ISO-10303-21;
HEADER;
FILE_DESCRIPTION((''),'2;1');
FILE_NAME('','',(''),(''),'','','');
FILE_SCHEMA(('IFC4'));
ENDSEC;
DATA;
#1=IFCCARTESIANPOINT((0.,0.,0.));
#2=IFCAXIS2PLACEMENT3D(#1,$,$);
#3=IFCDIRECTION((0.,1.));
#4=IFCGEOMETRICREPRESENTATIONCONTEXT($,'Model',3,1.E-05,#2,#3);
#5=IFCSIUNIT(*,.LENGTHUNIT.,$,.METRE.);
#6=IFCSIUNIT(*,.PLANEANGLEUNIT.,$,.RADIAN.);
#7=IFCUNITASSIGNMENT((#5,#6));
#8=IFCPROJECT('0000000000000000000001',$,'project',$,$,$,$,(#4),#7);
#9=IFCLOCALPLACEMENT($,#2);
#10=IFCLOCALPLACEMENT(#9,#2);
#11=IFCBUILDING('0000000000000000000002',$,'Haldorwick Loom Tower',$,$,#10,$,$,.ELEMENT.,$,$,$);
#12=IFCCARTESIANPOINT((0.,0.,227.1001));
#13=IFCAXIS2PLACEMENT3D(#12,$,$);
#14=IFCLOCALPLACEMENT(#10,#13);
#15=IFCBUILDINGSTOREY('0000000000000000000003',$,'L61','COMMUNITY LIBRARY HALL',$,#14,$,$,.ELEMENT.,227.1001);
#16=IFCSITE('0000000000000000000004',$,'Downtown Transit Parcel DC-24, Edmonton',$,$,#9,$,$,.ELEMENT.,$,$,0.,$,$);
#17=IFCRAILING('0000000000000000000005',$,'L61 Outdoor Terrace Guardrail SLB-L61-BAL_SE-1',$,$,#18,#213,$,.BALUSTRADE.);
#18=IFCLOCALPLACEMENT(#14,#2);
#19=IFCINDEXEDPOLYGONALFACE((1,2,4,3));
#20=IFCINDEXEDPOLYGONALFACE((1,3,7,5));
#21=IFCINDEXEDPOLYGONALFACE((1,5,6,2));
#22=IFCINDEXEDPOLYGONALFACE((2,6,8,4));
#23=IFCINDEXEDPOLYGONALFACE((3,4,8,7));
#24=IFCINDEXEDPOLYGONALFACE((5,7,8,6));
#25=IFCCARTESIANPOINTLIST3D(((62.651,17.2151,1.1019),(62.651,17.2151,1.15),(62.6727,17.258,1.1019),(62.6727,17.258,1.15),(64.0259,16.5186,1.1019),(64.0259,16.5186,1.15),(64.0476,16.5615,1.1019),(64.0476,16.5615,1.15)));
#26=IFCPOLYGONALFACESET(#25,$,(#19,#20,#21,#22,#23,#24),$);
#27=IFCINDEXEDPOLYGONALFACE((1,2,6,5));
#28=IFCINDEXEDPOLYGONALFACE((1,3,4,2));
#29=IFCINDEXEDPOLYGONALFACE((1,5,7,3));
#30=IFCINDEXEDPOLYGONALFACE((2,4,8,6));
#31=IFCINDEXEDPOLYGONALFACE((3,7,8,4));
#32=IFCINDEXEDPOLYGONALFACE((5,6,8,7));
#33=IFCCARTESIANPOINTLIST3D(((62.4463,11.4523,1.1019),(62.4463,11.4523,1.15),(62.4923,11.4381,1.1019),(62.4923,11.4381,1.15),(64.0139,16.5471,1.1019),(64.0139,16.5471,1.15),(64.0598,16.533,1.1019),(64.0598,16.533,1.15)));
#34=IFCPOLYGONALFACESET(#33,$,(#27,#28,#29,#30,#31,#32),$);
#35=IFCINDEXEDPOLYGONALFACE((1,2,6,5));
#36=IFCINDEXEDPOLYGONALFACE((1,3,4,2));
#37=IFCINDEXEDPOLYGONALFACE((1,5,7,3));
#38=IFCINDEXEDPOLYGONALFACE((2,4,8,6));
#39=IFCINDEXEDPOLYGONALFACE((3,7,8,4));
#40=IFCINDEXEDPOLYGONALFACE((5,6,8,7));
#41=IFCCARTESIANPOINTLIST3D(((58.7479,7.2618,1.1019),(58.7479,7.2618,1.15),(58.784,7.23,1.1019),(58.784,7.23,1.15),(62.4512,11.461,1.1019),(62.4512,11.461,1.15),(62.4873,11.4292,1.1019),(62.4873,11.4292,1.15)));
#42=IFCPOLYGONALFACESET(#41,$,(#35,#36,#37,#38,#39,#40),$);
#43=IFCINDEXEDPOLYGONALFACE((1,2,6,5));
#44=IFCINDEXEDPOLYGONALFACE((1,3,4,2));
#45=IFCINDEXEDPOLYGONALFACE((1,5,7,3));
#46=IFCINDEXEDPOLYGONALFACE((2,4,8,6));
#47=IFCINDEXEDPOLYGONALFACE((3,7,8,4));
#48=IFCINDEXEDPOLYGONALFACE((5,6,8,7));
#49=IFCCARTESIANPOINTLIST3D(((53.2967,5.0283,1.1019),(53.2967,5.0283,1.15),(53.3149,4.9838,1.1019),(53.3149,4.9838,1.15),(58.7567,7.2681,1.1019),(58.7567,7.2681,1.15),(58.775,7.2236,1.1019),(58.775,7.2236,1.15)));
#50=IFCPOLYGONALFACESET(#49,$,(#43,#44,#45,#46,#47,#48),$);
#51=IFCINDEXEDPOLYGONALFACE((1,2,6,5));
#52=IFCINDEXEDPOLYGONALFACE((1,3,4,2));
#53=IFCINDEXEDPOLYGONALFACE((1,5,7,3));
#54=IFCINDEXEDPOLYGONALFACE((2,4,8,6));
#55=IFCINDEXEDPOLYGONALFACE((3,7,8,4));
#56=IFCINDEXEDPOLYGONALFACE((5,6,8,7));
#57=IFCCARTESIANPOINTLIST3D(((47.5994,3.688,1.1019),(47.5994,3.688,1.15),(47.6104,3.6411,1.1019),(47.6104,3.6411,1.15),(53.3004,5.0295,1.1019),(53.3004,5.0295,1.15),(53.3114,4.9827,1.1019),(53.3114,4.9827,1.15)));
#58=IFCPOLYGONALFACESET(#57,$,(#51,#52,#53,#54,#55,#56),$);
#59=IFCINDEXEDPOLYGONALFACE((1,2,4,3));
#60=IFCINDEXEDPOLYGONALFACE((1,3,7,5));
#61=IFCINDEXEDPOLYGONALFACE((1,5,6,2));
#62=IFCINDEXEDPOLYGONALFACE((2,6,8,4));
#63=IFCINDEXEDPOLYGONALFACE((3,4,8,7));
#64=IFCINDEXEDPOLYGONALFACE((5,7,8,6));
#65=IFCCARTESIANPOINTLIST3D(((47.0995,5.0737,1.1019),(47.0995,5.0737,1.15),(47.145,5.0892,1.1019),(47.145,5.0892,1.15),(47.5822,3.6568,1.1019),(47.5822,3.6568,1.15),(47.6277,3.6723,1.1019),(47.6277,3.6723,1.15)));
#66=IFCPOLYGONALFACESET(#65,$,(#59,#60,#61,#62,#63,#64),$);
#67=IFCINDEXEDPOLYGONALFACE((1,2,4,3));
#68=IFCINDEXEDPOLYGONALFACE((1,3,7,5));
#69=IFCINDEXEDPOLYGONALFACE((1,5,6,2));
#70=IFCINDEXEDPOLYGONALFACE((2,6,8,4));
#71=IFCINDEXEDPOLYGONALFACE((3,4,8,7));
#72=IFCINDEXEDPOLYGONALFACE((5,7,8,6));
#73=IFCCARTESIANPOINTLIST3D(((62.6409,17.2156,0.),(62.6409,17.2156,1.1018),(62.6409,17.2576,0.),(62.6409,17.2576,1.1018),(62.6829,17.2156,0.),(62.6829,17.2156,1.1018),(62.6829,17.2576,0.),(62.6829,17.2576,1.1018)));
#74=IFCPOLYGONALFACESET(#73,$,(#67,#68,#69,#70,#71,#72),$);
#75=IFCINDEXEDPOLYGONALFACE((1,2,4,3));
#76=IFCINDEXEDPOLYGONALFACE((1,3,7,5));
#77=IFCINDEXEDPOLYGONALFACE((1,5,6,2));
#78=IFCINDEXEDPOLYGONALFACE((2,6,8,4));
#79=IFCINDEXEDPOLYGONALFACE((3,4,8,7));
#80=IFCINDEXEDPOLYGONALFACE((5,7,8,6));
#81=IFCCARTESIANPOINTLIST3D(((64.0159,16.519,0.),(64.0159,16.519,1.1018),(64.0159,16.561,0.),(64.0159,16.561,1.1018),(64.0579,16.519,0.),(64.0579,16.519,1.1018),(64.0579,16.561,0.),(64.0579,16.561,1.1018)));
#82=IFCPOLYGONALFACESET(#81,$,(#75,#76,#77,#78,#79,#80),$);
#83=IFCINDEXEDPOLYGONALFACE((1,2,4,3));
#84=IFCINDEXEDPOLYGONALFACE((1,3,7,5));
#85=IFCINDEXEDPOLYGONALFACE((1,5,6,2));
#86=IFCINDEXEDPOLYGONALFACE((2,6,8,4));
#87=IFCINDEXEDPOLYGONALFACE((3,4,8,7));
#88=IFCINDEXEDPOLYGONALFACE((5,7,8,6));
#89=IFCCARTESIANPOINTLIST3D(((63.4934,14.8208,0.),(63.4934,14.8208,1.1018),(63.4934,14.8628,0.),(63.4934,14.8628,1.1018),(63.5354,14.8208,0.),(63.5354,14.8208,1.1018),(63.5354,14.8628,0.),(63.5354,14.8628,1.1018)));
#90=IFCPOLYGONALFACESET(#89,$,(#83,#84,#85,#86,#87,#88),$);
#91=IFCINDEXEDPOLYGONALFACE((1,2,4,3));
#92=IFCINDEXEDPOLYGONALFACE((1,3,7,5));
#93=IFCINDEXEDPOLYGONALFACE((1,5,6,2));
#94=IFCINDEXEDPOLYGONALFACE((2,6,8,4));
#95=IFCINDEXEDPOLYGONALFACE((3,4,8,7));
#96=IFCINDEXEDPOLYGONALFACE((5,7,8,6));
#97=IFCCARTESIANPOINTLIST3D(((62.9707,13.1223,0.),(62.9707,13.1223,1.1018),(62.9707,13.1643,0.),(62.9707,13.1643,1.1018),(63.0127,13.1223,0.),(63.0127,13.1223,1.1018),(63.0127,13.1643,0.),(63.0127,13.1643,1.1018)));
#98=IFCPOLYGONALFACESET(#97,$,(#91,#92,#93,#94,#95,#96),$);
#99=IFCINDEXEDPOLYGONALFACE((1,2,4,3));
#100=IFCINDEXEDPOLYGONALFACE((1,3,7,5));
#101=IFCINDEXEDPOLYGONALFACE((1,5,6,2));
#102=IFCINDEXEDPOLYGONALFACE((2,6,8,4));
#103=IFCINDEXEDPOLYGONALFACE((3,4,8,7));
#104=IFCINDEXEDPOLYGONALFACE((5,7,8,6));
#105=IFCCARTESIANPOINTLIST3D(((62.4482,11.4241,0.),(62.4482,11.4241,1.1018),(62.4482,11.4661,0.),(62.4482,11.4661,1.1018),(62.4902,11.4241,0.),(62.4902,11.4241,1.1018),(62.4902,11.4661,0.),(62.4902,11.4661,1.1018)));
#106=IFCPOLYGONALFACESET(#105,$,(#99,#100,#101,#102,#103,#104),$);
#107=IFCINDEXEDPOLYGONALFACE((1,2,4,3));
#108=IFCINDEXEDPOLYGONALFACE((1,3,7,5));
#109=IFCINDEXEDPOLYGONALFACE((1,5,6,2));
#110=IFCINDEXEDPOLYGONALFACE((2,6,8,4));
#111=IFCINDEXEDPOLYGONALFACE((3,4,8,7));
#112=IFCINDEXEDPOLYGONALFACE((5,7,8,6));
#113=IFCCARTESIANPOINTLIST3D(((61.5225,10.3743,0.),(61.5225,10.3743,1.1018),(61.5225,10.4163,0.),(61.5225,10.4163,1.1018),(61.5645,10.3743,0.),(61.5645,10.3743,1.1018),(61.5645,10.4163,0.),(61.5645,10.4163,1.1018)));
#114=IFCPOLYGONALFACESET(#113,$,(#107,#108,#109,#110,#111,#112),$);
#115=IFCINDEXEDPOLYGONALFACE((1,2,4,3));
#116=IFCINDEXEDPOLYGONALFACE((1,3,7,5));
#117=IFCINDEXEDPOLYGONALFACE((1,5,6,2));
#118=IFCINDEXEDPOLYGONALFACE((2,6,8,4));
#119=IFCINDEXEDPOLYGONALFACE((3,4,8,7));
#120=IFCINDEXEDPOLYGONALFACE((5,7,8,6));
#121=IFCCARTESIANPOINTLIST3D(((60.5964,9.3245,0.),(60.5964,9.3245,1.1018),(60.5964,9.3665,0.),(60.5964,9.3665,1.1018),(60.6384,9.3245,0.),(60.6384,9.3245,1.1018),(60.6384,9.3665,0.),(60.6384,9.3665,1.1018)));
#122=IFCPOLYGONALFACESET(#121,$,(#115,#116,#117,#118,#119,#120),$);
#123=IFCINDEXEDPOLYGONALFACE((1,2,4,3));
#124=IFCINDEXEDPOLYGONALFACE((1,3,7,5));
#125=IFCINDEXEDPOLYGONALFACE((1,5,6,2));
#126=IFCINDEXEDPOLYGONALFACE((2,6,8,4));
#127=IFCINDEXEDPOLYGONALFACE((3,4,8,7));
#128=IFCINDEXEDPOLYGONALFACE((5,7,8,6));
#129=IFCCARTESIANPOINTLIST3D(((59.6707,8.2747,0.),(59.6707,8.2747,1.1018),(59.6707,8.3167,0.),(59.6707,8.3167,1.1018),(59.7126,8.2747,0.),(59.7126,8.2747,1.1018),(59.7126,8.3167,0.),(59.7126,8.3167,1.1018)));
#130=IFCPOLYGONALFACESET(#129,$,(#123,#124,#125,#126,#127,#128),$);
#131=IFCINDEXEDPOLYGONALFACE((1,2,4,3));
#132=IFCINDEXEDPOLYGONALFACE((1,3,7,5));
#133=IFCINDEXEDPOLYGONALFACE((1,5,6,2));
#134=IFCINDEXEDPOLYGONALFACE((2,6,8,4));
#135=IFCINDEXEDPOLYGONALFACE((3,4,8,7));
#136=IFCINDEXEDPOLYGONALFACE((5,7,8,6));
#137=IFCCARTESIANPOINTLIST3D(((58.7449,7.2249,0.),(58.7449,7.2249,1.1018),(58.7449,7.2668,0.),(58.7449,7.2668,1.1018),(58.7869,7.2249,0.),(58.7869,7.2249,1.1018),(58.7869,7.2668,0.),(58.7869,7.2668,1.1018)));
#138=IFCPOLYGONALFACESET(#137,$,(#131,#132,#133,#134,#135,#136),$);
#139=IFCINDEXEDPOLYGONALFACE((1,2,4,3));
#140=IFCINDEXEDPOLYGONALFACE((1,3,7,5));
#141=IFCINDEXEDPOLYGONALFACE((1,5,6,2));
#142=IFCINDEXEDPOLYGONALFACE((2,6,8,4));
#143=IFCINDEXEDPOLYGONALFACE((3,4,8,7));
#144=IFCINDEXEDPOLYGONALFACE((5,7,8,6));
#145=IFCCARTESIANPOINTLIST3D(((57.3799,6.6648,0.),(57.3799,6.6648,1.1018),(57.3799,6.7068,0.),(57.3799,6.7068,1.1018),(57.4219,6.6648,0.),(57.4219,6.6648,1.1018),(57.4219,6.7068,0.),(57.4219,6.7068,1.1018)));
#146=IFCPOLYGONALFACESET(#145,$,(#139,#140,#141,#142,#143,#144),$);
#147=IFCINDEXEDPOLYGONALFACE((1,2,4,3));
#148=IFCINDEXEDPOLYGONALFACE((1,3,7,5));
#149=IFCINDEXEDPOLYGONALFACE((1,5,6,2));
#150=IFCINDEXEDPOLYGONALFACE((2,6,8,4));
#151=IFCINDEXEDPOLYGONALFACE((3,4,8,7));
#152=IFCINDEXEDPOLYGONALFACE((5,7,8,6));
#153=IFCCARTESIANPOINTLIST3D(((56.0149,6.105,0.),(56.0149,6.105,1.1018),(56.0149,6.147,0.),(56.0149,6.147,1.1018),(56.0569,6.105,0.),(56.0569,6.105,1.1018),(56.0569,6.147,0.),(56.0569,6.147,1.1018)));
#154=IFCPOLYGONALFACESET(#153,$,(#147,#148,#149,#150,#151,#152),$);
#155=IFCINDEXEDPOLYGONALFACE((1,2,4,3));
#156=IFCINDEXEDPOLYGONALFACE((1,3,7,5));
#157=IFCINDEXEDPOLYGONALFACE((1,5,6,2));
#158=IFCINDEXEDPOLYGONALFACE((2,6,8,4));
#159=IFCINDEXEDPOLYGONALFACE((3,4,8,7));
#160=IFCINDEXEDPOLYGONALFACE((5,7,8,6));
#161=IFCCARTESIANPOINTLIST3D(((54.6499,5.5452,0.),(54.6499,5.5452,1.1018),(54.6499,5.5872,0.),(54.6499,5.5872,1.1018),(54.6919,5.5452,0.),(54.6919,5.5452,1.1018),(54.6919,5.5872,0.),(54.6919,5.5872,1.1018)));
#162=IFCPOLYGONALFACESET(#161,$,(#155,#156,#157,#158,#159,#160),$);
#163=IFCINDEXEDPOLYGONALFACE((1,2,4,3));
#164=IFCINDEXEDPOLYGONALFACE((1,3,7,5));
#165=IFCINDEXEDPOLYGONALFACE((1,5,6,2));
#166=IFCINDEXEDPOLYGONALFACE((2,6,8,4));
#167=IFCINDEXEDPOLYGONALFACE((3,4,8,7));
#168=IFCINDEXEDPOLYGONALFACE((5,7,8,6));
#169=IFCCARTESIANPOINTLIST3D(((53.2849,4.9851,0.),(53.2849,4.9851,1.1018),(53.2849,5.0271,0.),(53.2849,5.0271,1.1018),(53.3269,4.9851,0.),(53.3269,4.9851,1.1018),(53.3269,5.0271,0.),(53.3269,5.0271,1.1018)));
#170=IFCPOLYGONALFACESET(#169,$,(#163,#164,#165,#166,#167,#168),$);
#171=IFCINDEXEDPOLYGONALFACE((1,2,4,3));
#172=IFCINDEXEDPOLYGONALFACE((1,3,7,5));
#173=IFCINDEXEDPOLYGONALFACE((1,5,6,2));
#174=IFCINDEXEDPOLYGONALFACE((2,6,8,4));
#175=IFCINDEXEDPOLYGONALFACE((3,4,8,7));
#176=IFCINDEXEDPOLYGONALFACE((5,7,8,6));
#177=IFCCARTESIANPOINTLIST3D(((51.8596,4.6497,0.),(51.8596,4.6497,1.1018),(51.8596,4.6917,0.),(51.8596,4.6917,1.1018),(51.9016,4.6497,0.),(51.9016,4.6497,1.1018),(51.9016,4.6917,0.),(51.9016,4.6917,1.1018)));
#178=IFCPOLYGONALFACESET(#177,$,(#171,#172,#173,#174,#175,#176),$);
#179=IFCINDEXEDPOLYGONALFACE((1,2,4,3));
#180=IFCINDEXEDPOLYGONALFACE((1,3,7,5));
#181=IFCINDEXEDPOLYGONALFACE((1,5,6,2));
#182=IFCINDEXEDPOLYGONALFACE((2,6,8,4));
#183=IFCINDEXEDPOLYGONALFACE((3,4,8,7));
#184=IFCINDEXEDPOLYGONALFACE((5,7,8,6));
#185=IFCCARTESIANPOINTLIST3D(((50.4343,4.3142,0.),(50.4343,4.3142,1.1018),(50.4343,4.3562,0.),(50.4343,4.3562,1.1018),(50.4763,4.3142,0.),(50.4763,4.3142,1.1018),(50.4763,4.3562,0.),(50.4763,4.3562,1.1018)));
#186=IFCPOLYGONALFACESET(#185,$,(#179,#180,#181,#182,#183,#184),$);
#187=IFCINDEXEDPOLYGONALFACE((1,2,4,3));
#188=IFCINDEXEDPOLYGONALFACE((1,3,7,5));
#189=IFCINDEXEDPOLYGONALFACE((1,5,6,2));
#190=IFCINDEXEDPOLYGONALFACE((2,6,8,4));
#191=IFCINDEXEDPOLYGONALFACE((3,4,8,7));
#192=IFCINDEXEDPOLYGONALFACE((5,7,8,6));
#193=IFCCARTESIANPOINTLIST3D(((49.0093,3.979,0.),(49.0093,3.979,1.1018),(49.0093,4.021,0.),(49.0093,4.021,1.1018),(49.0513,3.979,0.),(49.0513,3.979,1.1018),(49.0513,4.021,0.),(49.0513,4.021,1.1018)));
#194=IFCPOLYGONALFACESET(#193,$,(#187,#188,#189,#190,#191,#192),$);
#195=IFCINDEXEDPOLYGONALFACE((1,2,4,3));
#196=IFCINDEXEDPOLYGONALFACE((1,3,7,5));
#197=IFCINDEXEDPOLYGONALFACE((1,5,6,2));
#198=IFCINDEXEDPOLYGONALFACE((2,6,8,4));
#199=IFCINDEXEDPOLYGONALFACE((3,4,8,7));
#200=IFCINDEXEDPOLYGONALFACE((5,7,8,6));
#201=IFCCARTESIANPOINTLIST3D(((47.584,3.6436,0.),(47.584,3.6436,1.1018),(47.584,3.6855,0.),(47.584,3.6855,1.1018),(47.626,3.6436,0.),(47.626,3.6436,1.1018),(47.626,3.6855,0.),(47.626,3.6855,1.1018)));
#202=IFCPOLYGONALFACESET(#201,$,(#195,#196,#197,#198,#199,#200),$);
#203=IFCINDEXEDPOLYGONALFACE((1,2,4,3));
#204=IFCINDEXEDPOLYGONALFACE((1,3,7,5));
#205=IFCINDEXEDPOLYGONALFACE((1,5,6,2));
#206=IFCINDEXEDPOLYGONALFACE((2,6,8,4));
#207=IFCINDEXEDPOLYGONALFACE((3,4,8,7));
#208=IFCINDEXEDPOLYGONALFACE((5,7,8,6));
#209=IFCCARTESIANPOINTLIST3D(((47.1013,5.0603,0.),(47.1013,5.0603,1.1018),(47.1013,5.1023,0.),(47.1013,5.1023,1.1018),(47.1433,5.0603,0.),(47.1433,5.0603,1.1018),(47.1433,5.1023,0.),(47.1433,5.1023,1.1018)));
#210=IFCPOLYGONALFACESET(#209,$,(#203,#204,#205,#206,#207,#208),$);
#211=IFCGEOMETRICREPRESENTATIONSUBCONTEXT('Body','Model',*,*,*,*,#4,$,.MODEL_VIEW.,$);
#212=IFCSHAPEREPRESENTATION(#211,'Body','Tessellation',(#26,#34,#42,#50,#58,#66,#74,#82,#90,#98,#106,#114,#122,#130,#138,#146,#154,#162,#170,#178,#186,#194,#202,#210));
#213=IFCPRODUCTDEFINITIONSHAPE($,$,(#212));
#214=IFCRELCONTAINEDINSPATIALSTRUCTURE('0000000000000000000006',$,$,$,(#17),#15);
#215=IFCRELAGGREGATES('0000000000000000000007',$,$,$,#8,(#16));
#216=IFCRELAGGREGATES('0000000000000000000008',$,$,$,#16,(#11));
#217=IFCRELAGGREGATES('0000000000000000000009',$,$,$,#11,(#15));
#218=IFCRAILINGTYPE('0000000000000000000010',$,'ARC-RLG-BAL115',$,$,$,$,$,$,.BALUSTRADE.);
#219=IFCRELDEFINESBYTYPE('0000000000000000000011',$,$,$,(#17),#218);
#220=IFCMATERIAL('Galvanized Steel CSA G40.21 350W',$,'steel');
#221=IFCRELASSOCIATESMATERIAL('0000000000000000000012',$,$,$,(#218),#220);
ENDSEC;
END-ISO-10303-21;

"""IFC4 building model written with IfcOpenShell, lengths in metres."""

from ifc_helpers import new_model, si_unit, direction, frame, origin, origin_2d, place, context, subcontext, project, spatial, rectangle, extrude, material, type_object, element, save


model = new_model("IFC4")

# Units and contexts
model_context = context("Model", 3, precision=1e-05, world=origin(), true_north=direction((0.0, 1.0)))
body_context = subcontext(model_context, "Body", "Model", "MODEL_VIEW")
ifc_project = project(units=[si_unit("LENGTHUNIT", "METRE"), si_unit("PLANEANGLEUNIT", "RADIAN")], contexts=[model_context])

# Site, building, storey
site_placement = place(None, origin())
site = spatial("IfcSite", under=ifc_project, at=site_placement, Name="Downtown Transit Parcel DC-24, Edmonton", CompositionType="ELEMENT", RefElevation=0.0)
building_placement = place(site_placement, origin())
building = spatial("IfcBuilding", under=site, at=building_placement, Name="Haldorwick Loom Tower", CompositionType="ELEMENT")
storey_placement = place(building_placement, frame((0.0, 0.0, 227.1001)))
storey = spatial("IfcBuildingStorey", under=building, at=storey_placement, Name="L61", Description="COMMUNITY LIBRARY HALL", CompositionType="ELEMENT", Elevation=227.1001)

# Railing
ifc_material_1 = material(Name="Galvanized Steel CSA G40.21 350W", Category="steel")
railing_type = type_object("IfcRailingType", Name="ARC-RLG-BAL115", PredefinedType="BALUSTRADE", material=ifc_material_1)
railing_placement = place(storey_placement, frame((62.6619, 17.2366, 0.0)))
element("IfcRailing", 1, at=railing_placement, inside=storey, type_object=railing_type, Name="L61 Outdoor Terrace Guardrail SLB-L61-BAL_SE-1", PredefinedType="BALUSTRADE", context=body_context, shape_type="SweptSolid", body=[
    extrude(rectangle(XDim=0.0481, YDim=0.0481, at=origin_2d()), frame((0.0, 0.0, 1.126), z_axis=(0.892071, -0.451896, 0.0), x_axis=(0.451896, 0.892071, 0.0)), (0.0, 0.0, 1.0), 1.5413),
    extrude(rectangle(XDim=0.0481, YDim=0.0481, at=origin_2d()), frame((1.375, -0.6965, 1.126), z_axis=(-0.294076, -0.955782, 0.0), x_axis=(0.955782, -0.294076, 0.0)), (0.0, 0.0, 1.0), 5.3306),
    extrude(rectangle(XDim=0.0481, YDim=0.0481, at=origin_2d()), frame((-0.1926, -5.7915, 1.126), z_axis=(-0.661438, -0.749999, 0.0), x_axis=(0.749999, -0.661438, 0.0)), (0.0, 0.0, 1.0), 5.5989),
    extrude(rectangle(XDim=0.0481, YDim=0.0481, at=origin_2d()), frame((-3.896, -9.9907, 1.126), z_axis=(-0.925183, -0.379522, 0.0), x_axis=(0.379522, -0.925183, 0.0)), (0.0, 0.0, 1.0), 5.9016),
    extrude(rectangle(XDim=0.0481, YDim=0.0481, at=origin_2d()), frame((-9.356, -12.2305, 1.126), z_axis=(-0.973411, -0.229065, 0.0), x_axis=(0.229065, -0.973411, 0.0)), (0.0, 0.0, 1.0), 5.8567),
    extrude(rectangle(XDim=0.0481, YDim=0.0481, at=origin_2d()), frame((-15.0569, -13.572, 1.126), z_axis=(-0.322485, 0.946575, 0.0), x_axis=(-0.946575, -0.322485, 0.0)), (0.0, 0.0, 1.0), 1.4968),
    extrude(rectangle(XDim=0.042, YDim=0.042, at=origin_2d()), origin(), (0.0, 0.0, 1.0), 1.1018),
    extrude(rectangle(XDim=0.042, YDim=0.042, at=origin_2d()), frame((1.375, -0.6965, 0.0)), (0.0, 0.0, 1.0), 1.1018),
    extrude(rectangle(XDim=0.042, YDim=0.042, at=origin_2d()), frame((0.8525, -2.3948, 0.0)), (0.0, 0.0, 1.0), 1.1018),
    extrude(rectangle(XDim=0.042, YDim=0.042, at=origin_2d()), frame((0.3298, -4.0933, 0.0)), (0.0, 0.0, 1.0), 1.1018),
    extrude(rectangle(XDim=0.042, YDim=0.042, at=origin_2d()), frame((-0.1926, -5.7915, 0.0)), (0.0, 0.0, 1.0), 1.1018),
    extrude(rectangle(XDim=0.042, YDim=0.042, at=origin_2d()), frame((-1.1184, -6.8413, 0.0)), (0.0, 0.0, 1.0), 1.1018),
    extrude(rectangle(XDim=0.042, YDim=0.042, at=origin_2d()), frame((-2.0444, -7.8911, 0.0)), (0.0, 0.0, 1.0), 1.1018),
    extrude(rectangle(XDim=0.042, YDim=0.042, at=origin_2d()), frame((-2.9702, -8.9409, 0.0)), (0.0, 0.0, 1.0), 1.1018),
    extrude(rectangle(XDim=0.042, YDim=0.042, at=origin_2d()), frame((-3.896, -9.9907, 0.0)), (0.0, 0.0, 1.0), 1.1018),
    extrude(rectangle(XDim=0.042, YDim=0.042, at=origin_2d()), frame((-5.261, -10.5508, 0.0)), (0.0, 0.0, 1.0), 1.1018),
    extrude(rectangle(XDim=0.042, YDim=0.042, at=origin_2d()), frame((-6.626, -11.1106, 0.0)), (0.0, 0.0, 1.0), 1.1018),
    extrude(rectangle(XDim=0.042, YDim=0.042, at=origin_2d()), frame((-7.991, -11.6704, 0.0)), (0.0, 0.0, 1.0), 1.1018),
    extrude(rectangle(XDim=0.042, YDim=0.042, at=origin_2d()), frame((-9.356, -12.2305, 0.0)), (0.0, 0.0, 1.0), 1.1018),
    extrude(rectangle(XDim=0.042, YDim=0.042, at=origin_2d()), frame((-10.7812, -12.5659, 0.0)), (0.0, 0.0, 1.0), 1.1018),
    extrude(rectangle(XDim=0.042, YDim=0.042, at=origin_2d()), frame((-12.2065, -12.9014, 0.0)), (0.0, 0.0, 1.0), 1.1018),
    extrude(rectangle(XDim=0.042, YDim=0.042, at=origin_2d()), frame((-13.6316, -13.2366, 0.0)), (0.0, 0.0, 1.0), 1.1018),
    extrude(rectangle(XDim=0.042, YDim=0.042, at=origin_2d()), frame((-15.0569, -13.572, 0.0)), (0.0, 0.0, 1.0), 1.1018),
    extrude(rectangle(XDim=0.042, YDim=0.042, at=origin_2d()), frame((-15.5396, -12.1553, 0.0)), (0.0, 0.0, 1.0), 1.1018),
])

save(model, "model.ifc")
